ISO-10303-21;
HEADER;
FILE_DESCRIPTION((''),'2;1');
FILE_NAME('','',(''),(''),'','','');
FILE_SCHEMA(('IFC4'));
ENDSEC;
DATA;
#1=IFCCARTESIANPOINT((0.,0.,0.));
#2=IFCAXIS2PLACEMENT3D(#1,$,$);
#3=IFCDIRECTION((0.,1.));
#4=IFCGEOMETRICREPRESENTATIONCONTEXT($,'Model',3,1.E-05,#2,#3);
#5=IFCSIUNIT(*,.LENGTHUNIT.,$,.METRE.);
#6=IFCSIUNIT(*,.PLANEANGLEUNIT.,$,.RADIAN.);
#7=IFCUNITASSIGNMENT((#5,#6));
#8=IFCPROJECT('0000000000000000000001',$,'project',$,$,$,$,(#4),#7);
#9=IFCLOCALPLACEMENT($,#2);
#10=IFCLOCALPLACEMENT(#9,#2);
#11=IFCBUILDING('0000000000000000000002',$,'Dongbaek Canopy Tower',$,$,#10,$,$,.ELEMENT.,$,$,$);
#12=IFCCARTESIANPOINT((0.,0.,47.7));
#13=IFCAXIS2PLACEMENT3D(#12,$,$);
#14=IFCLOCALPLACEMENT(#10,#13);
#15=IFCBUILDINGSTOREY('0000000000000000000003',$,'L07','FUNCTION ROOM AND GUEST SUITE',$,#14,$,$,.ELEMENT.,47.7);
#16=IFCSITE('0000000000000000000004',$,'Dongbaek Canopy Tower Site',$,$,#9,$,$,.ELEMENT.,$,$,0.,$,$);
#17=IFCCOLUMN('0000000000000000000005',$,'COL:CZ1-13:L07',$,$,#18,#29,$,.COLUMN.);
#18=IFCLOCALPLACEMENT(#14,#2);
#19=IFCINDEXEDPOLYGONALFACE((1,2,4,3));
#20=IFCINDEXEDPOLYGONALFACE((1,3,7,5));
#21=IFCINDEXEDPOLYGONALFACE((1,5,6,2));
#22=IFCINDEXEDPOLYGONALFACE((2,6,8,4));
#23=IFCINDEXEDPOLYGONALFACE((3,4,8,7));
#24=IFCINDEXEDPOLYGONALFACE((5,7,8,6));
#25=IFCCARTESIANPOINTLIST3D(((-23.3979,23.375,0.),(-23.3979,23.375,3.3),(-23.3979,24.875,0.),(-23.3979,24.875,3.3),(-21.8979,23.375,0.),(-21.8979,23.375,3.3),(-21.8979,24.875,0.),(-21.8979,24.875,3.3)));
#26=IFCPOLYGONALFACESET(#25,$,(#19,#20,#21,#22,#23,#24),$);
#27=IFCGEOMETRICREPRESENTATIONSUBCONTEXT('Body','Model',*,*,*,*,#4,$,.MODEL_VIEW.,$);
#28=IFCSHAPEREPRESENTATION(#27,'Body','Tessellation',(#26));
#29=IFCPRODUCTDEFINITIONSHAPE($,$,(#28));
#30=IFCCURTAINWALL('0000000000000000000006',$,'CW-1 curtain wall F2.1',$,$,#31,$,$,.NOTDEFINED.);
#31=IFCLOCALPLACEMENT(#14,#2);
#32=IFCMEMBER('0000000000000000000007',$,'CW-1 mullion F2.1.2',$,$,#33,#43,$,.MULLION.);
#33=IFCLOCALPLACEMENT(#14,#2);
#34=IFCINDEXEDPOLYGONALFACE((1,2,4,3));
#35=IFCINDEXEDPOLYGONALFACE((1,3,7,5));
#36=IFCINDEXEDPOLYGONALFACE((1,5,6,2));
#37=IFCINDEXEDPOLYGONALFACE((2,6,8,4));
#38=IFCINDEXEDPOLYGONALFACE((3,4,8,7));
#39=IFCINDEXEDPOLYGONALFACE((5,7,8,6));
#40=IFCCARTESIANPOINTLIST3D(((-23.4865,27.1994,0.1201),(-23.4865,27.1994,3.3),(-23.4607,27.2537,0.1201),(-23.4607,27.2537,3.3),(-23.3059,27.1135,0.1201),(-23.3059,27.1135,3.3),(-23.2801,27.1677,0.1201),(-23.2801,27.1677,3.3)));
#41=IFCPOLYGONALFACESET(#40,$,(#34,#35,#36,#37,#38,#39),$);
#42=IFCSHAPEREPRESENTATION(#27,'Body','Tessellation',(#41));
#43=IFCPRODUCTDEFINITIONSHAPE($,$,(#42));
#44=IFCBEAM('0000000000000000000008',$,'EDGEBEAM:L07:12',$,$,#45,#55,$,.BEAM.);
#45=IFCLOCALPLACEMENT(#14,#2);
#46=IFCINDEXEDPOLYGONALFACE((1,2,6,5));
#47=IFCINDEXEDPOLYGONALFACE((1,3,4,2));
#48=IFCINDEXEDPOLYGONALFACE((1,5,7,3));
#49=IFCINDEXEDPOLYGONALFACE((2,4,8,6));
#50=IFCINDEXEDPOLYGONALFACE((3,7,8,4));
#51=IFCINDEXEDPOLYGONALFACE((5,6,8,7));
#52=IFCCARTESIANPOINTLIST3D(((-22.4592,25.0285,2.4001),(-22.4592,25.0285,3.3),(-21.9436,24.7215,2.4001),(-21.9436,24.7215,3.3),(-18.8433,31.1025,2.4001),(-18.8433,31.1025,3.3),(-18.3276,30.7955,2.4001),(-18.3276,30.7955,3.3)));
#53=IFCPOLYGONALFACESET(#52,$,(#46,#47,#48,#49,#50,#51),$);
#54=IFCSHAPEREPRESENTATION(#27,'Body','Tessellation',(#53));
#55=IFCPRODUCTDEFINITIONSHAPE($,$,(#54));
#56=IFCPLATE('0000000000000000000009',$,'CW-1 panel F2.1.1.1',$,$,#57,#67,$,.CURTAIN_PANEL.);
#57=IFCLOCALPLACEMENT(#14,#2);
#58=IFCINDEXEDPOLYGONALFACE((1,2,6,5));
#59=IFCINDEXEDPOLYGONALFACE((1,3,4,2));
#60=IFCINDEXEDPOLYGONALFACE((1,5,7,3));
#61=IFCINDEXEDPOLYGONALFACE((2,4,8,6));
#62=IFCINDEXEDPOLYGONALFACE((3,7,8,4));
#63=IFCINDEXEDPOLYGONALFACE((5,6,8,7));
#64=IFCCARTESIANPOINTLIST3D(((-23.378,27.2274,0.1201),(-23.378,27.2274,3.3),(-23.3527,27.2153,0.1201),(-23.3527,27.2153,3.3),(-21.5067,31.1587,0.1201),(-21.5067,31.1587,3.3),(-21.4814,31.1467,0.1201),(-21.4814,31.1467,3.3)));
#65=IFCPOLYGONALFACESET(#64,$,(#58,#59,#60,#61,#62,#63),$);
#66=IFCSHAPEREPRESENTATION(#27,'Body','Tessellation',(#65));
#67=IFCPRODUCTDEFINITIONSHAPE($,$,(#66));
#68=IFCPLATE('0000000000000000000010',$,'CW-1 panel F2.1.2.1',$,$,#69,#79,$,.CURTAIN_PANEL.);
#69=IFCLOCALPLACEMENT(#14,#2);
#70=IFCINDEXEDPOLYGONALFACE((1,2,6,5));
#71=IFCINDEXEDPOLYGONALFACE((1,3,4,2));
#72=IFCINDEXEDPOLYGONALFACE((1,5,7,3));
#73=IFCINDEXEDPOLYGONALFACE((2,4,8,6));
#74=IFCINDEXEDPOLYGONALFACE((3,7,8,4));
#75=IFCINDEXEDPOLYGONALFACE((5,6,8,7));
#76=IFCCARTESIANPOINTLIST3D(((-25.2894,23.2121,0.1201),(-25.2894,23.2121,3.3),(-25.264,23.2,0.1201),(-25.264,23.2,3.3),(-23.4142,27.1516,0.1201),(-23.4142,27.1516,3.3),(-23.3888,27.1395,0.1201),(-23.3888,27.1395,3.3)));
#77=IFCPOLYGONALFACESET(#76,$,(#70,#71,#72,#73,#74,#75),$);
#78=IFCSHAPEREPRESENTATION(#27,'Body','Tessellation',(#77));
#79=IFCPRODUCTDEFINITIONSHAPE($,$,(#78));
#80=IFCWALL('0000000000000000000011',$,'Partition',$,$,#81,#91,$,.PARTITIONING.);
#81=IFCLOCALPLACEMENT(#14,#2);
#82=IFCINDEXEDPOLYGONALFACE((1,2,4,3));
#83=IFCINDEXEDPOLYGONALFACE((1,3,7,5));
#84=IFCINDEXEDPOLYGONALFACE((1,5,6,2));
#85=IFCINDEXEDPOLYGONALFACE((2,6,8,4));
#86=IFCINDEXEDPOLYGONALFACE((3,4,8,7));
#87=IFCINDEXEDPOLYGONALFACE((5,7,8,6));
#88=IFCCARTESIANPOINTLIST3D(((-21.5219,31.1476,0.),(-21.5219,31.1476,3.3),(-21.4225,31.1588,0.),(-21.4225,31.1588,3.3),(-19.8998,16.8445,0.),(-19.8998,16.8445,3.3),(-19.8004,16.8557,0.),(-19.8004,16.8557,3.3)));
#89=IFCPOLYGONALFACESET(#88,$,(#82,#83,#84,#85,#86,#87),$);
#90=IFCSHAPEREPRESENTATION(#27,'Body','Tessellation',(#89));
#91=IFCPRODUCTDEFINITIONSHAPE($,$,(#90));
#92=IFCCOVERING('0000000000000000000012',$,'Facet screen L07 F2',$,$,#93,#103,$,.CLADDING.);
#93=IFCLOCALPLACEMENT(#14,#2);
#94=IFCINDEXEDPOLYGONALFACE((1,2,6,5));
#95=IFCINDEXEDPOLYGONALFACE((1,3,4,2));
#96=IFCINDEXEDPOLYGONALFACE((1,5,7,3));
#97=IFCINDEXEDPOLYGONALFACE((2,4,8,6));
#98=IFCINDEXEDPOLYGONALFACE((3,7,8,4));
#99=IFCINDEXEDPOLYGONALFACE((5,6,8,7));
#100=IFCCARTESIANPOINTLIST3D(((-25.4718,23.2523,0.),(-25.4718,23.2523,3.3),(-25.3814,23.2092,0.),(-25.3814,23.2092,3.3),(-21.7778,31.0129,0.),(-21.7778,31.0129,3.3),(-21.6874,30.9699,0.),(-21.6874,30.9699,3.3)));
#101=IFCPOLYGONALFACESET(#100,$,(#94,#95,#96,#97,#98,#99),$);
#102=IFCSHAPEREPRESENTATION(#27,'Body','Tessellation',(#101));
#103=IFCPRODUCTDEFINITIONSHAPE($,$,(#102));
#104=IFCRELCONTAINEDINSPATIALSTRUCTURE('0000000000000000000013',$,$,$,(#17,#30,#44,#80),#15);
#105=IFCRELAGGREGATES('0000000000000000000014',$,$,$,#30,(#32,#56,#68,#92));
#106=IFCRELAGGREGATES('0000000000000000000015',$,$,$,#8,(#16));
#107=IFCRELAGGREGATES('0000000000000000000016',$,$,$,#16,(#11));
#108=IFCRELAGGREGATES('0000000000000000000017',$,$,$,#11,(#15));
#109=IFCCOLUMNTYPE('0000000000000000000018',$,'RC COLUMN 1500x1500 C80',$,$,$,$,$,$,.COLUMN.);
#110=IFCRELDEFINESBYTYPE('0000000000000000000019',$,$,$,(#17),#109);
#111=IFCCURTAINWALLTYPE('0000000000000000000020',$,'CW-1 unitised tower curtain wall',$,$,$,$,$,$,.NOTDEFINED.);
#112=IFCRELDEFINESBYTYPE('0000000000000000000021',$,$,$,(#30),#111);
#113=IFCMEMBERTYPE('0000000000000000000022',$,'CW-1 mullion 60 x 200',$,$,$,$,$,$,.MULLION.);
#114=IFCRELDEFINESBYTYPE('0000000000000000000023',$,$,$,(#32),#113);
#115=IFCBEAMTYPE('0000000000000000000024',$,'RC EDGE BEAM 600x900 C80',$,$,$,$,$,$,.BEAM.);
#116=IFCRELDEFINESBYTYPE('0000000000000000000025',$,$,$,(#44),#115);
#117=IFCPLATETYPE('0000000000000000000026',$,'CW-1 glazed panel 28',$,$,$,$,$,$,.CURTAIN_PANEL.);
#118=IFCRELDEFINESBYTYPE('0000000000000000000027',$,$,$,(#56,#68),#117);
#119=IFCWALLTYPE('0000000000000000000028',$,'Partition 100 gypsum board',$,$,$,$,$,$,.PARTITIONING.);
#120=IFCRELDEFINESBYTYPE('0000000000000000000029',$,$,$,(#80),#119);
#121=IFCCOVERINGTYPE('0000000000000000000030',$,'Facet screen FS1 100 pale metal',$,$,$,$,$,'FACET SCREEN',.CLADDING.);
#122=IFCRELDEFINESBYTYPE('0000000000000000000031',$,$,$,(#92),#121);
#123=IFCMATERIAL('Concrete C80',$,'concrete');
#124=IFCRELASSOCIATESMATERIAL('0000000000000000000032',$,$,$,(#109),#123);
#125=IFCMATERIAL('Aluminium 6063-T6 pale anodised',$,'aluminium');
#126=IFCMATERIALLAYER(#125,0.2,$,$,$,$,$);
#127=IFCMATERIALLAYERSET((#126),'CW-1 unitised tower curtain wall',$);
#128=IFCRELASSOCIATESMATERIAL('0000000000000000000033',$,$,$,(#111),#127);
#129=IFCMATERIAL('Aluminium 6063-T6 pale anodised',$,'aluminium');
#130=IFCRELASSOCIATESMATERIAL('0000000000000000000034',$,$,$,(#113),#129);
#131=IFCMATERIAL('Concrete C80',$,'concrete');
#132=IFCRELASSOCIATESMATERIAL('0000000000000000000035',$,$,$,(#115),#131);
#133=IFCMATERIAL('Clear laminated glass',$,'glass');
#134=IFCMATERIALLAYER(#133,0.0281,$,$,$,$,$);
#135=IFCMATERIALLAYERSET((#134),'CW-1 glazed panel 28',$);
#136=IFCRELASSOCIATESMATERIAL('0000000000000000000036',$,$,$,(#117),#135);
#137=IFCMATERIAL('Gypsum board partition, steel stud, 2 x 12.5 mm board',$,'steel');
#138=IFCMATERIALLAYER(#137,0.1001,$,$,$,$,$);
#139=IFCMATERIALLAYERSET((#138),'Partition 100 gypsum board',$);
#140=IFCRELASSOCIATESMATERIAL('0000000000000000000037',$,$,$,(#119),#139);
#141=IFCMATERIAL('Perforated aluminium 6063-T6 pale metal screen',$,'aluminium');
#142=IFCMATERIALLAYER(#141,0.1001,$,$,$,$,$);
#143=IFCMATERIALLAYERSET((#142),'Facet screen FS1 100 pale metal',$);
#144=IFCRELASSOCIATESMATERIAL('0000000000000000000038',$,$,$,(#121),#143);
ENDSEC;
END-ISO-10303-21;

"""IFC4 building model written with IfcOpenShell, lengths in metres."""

from ifc_helpers import new_model, si_unit, direction, frame, frame_2d, origin, origin_2d, place, context, subcontext, project, spatial, rectangle, extrude, material, layer, layer_set, material_profile, profile_set, type_object, element, aggregate, save


model = new_model("IFC4")

# Units and contexts
model_context = context("Model", 3, precision=1e-05, world=origin(), true_north=direction((0.0, 1.0)))
body_context = subcontext(model_context, "Body", "Model", "MODEL_VIEW")
ifc_project = project(units=[si_unit("LENGTHUNIT", "METRE"), si_unit("PLANEANGLEUNIT", "RADIAN")], contexts=[model_context])

# Site, building, storey
site_placement = place(None, origin())
site = spatial("IfcSite", under=ifc_project, at=site_placement, Name="Dongbaek Canopy Tower Site", CompositionType="ELEMENT", RefElevation=0.0)
building_placement = place(site_placement, origin())
building = spatial("IfcBuilding", under=site, at=building_placement, Name="Dongbaek Canopy Tower", CompositionType="ELEMENT")
storey_placement = place(building_placement, frame((0.0, 0.0, 47.7)))
storey = spatial("IfcBuildingStorey", under=building, at=storey_placement, Name="L07", Description="FUNCTION ROOM AND GUEST SUITE", CompositionType="ELEMENT", Elevation=47.7)

# Column
ifc_material_1 = material(Name="Concrete C80", Category="concrete")
ifc_material_profile_1 = material_profile(ifc_material_1, rectangle(XDim=1.5, YDim=1.5, at=origin_2d()), Name="RC COLUMN 1500x1500 C80")
ifc_profile_set_1 = profile_set([ifc_material_profile_1], Name="Concrete C80")
column_type = type_object("IfcColumnType", Name="RC COLUMN 1500x1500 C80", PredefinedType="COLUMN", material=ifc_profile_set_1)
column_placement = place(storey_placement, frame((-22.6479, 24.125, 0.0), z_axis=(0.0, 0.0, 1.0), x_axis=(1.0, 0.0, 0.0)))
element("IfcColumn", 1, at=column_placement, inside=storey, type_object=column_type, Name="COL:CZ1-13:L07", PredefinedType="COLUMN", context=body_context, shape_type="SweptSolid", body=[
    extrude(rectangle(XDim=1.5, YDim=1.5, at=origin_2d()), origin(), (0.0, 0.0, 1.0), 3.3),
])

# Curtain wall, member
ifc_material_2 = material(Name="Aluminium 6063-T6 pale anodised", Category="aluminium")
ifc_layer_1 = layer(ifc_material_2, 0.2)
ifc_layer_set_1 = layer_set([ifc_layer_1], Name="CW-1 unitised tower curtain wall")
curtain_wall_type = type_object("IfcCurtainWallType", Name="CW-1 unitised tower curtain wall", PredefinedType="NOTDEFINED", material=ifc_layer_set_1)
curtain_wall_placement = place(storey_placement, origin())
curtain_wall = element("IfcCurtainWall", 2, at=curtain_wall_placement, inside=storey, type_object=curtain_wall_type, Name="CW-1 curtain wall F2.1", PredefinedType="NOTDEFINED")
ifc_material_3 = material(Name="Aluminium 6063-T6 pale anodised", Category="aluminium")
ifc_material_profile_2 = material_profile(ifc_material_3, rectangle(XDim=0.2, YDim=0.0601, at=origin_2d()), Name="CW-1 mullion 60 x 200")
ifc_profile_set_2 = profile_set([ifc_material_profile_2], Name="Aluminium 6063-T6 pale anodised")
member_type = type_object("IfcMemberType", Name="CW-1 mullion 60 x 200", PredefinedType="MULLION", material=ifc_profile_set_2)
member_placement = place(storey_placement, frame((-23.3833, 27.1836, 0.1201), z_axis=(0.0, 0.0, 1.0), x_axis=(-0.902929, 0.42979, 0.0)))
member = element("IfcMember", 3, at=member_placement, type_object=member_type, Name="CW-1 mullion F2.1.2", PredefinedType="MULLION", context=body_context, shape_type="SweptSolid", body=[
    extrude(rectangle(XDim=0.2, YDim=0.0601, at=origin_2d()), origin(), (0.0, 0.0, 1.0), 3.1799),
])

# Beam
ifc_material_4 = material(Name="Concrete C80", Category="concrete")
ifc_material_profile_3 = material_profile(ifc_material_4, rectangle(XDim=0.6001, YDim=0.8999, at=origin_2d()), Name="RC EDGE BEAM 600x900 C80")
ifc_profile_set_3 = profile_set([ifc_material_profile_3], Name="Concrete C80")
beam_type = type_object("IfcBeamType", Name="RC EDGE BEAM 600x900 C80", PredefinedType="BEAM", material=ifc_profile_set_3)
beam_placement = place(storey_placement, frame((-22.2014, 24.875, 2.8501), z_axis=(0.511537, 0.859261, 0.0), x_axis=(-0.859261, 0.511537, 0.0)))
element("IfcBeam", 4, at=beam_placement, inside=storey, type_object=beam_type, Name="EDGEBEAM:L07:12", PredefinedType="BEAM", context=body_context, shape_type="SweptSolid", body=[
    extrude(rectangle(XDim=0.6001, YDim=0.8999, at=origin_2d()), origin(), (0.0, 0.0, 1.0), 7.0688),
])

# Plates
ifc_material_5 = material(Name="Clear laminated glass", Category="glass")
ifc_layer_2 = layer(ifc_material_5, 0.0281)
ifc_layer_set_2 = layer_set([ifc_layer_2], Name="CW-1 glazed panel 28")
plate_type = type_object("IfcPlateType", Name="CW-1 glazed panel 28", PredefinedType="CURTAIN_PANEL", material=ifc_layer_set_2)
plate_1_placement = place(storey_placement, frame((-22.4297, 29.187, 0.1201), z_axis=(0.0, 0.0, 1.0), x_axis=(-0.42979, -0.902929, 0.0)))
plate_1 = element("IfcPlate", 5, at=plate_1_placement, type_object=plate_type, Name="CW-1 panel F2.1.1.1", PredefinedType="CURTAIN_PANEL", context=body_context, shape_type="SweptSolid", body=[
    extrude(rectangle(XDim=4.354, YDim=0.0281, at=origin_2d()), origin(), (0.0, 0.0, 1.0), 3.1799),
])
plate_2_placement = place(storey_placement, frame((-24.3391, 25.1758, 0.1201), z_axis=(0.0, 0.0, 1.0), x_axis=(-0.42979, -0.902929, 0.0)))
plate_2 = element("IfcPlate", 6, at=plate_2_placement, type_object=plate_type, Name="CW-1 panel F2.1.2.1", PredefinedType="CURTAIN_PANEL", context=body_context, shape_type="SweptSolid", body=[
    extrude(rectangle(XDim=4.363, YDim=0.0281, at=origin_2d()), origin(), (0.0, 0.0, 1.0), 3.1799),
])

# Wall
ifc_material_6 = material(Name="Gypsum board partition, steel stud, 2 x 12.5 mm board", Category="steel")
ifc_layer_3 = layer(ifc_material_6, 0.1001)
ifc_layer_set_3 = layer_set([ifc_layer_3], Name="Partition 100 gypsum board")
wall_type = type_object("IfcWallType", Name="Partition 100 gypsum board", PredefinedType="PARTITIONING", material=ifc_layer_set_3)
wall_placement = place(storey_placement, frame((-21.4722, 31.1531, 0.0), z_axis=(0.0, 0.0, 1.0), x_axis=(0.112686, -0.993631, 0.0)))
element("IfcWall", 7, at=wall_placement, inside=storey, type_object=wall_type, Name="Partition", PredefinedType="PARTITIONING", context=body_context, shape_type="SweptSolid", body=[
    extrude(rectangle(XDim=14.3948, YDim=0.1001, at=frame_2d((7.1973, 0.0))), origin(), (0.0, 0.0, 1.0), 3.3),
])

# Covering
ifc_material_7 = material(Name="Perforated aluminium 6063-T6 pale metal screen", Category="aluminium")
ifc_layer_4 = layer(ifc_material_7, 0.1001)
ifc_layer_set_4 = layer_set([ifc_layer_4], Name="Facet screen FS1 100 pale metal")
covering_type = type_object("IfcCoveringType", Name="Facet screen FS1 100 pale metal", ElementType="FACET SCREEN", PredefinedType="CLADDING", material=ifc_layer_set_4)
covering_placement = place(storey_placement, frame((-23.5796, 27.1111, 0.0), z_axis=(0.0, 0.0, 1.0), x_axis=(-0.429789, -0.902929, 0.0)))
covering = element("IfcCovering", 8, at=covering_placement, type_object=covering_type, Name="Facet screen L07 F2", PredefinedType="CLADDING", context=body_context, shape_type="SweptSolid", body=[
    extrude(rectangle(XDim=8.595, YDim=0.1001, at=origin_2d()), origin(), (0.0, 0.0, 1.0), 3.3),
])
aggregate(curtain_wall, [member, plate_1, plate_2, covering])

save(model, "model.ifc")
